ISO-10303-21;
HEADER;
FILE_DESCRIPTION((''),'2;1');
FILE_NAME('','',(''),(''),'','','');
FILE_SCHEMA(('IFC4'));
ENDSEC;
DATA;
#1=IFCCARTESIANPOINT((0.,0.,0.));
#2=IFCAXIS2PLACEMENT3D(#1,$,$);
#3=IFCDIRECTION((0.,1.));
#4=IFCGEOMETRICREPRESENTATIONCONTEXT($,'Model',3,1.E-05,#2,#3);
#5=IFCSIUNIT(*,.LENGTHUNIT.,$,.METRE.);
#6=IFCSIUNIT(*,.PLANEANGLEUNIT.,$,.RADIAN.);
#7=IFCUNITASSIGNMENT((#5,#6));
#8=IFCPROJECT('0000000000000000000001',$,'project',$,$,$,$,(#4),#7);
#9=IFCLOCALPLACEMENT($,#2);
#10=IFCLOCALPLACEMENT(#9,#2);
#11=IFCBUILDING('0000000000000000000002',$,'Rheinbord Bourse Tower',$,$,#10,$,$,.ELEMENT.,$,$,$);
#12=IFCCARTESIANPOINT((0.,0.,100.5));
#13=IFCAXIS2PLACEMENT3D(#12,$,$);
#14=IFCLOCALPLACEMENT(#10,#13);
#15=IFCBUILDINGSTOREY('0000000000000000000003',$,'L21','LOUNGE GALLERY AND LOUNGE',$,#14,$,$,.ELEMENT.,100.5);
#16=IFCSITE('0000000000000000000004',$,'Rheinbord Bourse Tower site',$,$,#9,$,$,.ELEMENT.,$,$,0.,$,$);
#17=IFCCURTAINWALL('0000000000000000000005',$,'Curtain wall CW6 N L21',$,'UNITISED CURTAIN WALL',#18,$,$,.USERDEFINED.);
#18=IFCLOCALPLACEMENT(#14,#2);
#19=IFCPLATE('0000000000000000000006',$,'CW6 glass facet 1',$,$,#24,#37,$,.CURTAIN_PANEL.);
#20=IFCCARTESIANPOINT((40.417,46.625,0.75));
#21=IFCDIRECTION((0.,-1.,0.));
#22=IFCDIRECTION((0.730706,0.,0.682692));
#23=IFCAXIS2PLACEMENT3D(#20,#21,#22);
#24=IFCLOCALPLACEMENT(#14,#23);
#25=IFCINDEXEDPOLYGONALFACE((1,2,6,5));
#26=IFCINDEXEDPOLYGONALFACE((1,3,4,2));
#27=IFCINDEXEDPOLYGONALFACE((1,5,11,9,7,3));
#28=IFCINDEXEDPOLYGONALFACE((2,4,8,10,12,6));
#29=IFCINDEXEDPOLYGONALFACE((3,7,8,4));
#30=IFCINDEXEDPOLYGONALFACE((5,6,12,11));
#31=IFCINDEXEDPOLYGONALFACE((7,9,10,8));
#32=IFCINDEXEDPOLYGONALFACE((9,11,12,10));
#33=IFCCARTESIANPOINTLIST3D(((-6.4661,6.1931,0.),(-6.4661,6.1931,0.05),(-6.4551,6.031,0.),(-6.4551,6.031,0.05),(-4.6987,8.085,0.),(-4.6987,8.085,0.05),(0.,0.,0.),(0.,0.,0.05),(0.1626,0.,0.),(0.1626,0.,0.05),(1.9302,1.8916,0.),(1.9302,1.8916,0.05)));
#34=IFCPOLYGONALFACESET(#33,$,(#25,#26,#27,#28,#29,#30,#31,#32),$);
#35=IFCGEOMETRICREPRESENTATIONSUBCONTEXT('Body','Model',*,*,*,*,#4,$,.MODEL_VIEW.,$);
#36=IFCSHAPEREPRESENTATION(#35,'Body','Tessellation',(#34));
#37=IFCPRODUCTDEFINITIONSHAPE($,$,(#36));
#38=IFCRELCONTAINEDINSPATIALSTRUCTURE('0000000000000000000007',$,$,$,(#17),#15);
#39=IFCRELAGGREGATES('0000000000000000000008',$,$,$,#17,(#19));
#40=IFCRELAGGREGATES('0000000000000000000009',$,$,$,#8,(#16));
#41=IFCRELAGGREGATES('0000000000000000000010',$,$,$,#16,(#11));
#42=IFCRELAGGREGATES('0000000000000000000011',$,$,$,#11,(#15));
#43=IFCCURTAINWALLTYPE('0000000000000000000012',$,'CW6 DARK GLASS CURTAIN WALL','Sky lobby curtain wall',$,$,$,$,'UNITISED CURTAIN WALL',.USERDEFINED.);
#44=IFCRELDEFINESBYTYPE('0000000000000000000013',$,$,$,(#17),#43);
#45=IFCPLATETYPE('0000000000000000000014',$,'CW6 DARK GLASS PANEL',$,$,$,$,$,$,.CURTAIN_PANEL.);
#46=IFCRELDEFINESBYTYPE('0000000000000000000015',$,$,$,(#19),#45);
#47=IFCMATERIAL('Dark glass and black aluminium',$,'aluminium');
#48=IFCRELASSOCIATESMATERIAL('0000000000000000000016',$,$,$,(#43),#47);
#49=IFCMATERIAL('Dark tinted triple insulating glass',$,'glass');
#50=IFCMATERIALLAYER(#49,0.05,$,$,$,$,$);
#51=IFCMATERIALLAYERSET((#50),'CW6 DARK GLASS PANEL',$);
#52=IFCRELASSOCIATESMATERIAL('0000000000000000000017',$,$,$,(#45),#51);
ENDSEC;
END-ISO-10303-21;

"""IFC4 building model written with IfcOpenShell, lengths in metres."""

from ifc_helpers import new_model, si_unit, direction, frame, origin, place, context, subcontext, project, spatial, polyline, outline, extrude, material, layer, layer_set, type_object, element, aggregate, save


model = new_model("IFC4")

# Units and contexts
model_context = context("Model", 3, precision=1e-05, world=origin(), true_north=direction((0.0, 1.0)))
body_context = subcontext(model_context, "Body", "Model", "MODEL_VIEW")
ifc_project = project(units=[si_unit("LENGTHUNIT", "METRE"), si_unit("PLANEANGLEUNIT", "RADIAN")], contexts=[model_context])

# Site, building, storey
site_placement = place(None, origin())
site = spatial("IfcSite", under=ifc_project, at=site_placement, Name="Rheinbord Bourse Tower site", CompositionType="ELEMENT", RefElevation=0.0)
building_placement = place(site_placement, origin())
building = spatial("IfcBuilding", under=site, at=building_placement, Name="Rheinbord Bourse Tower", CompositionType="ELEMENT")
storey_placement = place(building_placement, frame((0.0, 0.0, 100.5)))
storey = spatial("IfcBuildingStorey", under=building, at=storey_placement, Name="L21", Description="LOUNGE GALLERY AND LOUNGE", CompositionType="ELEMENT", Elevation=100.5)

# Curtain wall
ifc_material_1 = material(Name="Dark glass and black aluminium", Category="aluminium")
curtain_wall_type = type_object("IfcCurtainWallType", Name="CW6 DARK GLASS CURTAIN WALL", Description="Sky lobby curtain wall", ElementType="UNITISED CURTAIN WALL", PredefinedType="USERDEFINED", material=ifc_material_1)
curtain_wall_placement = place(storey_placement, origin())
curtain_wall = element("IfcCurtainWall", 1, at=curtain_wall_placement, inside=storey, type_object=curtain_wall_type, Name="Curtain wall CW6 N L21", ObjectType="UNITISED CURTAIN WALL", PredefinedType="USERDEFINED")

# Plate
ifc_material_2 = material(Name="Dark tinted triple insulating glass", Category="glass")
ifc_layer_1 = layer(ifc_material_2, 0.05)
ifc_layer_set_1 = layer_set([ifc_layer_1], Name="CW6 DARK GLASS PANEL")
plate_type = type_object("IfcPlateType", Name="CW6 DARK GLASS PANEL", PredefinedType="CURTAIN_PANEL", material=ifc_layer_set_1)
plate_1_placement = place(storey_placement, frame((40.417, 46.625, 0.75), z_axis=(0.0, -1.0, 0.0), x_axis=(0.730706, 0.0, 0.682692)))
plate_1 = element("IfcPlate", 2, at=plate_1_placement, type_object=plate_type, Name="CW6 glass facet 1", PredefinedType="CURTAIN_PANEL", context=body_context, shape_type="SweptSolid", body=[
    extrude(outline(polyline([(0.0, 0.0), (0.1626, 0.0), (1.9302, 1.8916), (-4.6987, 8.085), (-6.4661, 6.1931), (-6.4551, 6.031), (0.0, 0.0)])), origin(), (0.0, 0.0, 1.0), 0.05),
])
aggregate(curtain_wall, [plate_1])

save(model, "model.ifc")
